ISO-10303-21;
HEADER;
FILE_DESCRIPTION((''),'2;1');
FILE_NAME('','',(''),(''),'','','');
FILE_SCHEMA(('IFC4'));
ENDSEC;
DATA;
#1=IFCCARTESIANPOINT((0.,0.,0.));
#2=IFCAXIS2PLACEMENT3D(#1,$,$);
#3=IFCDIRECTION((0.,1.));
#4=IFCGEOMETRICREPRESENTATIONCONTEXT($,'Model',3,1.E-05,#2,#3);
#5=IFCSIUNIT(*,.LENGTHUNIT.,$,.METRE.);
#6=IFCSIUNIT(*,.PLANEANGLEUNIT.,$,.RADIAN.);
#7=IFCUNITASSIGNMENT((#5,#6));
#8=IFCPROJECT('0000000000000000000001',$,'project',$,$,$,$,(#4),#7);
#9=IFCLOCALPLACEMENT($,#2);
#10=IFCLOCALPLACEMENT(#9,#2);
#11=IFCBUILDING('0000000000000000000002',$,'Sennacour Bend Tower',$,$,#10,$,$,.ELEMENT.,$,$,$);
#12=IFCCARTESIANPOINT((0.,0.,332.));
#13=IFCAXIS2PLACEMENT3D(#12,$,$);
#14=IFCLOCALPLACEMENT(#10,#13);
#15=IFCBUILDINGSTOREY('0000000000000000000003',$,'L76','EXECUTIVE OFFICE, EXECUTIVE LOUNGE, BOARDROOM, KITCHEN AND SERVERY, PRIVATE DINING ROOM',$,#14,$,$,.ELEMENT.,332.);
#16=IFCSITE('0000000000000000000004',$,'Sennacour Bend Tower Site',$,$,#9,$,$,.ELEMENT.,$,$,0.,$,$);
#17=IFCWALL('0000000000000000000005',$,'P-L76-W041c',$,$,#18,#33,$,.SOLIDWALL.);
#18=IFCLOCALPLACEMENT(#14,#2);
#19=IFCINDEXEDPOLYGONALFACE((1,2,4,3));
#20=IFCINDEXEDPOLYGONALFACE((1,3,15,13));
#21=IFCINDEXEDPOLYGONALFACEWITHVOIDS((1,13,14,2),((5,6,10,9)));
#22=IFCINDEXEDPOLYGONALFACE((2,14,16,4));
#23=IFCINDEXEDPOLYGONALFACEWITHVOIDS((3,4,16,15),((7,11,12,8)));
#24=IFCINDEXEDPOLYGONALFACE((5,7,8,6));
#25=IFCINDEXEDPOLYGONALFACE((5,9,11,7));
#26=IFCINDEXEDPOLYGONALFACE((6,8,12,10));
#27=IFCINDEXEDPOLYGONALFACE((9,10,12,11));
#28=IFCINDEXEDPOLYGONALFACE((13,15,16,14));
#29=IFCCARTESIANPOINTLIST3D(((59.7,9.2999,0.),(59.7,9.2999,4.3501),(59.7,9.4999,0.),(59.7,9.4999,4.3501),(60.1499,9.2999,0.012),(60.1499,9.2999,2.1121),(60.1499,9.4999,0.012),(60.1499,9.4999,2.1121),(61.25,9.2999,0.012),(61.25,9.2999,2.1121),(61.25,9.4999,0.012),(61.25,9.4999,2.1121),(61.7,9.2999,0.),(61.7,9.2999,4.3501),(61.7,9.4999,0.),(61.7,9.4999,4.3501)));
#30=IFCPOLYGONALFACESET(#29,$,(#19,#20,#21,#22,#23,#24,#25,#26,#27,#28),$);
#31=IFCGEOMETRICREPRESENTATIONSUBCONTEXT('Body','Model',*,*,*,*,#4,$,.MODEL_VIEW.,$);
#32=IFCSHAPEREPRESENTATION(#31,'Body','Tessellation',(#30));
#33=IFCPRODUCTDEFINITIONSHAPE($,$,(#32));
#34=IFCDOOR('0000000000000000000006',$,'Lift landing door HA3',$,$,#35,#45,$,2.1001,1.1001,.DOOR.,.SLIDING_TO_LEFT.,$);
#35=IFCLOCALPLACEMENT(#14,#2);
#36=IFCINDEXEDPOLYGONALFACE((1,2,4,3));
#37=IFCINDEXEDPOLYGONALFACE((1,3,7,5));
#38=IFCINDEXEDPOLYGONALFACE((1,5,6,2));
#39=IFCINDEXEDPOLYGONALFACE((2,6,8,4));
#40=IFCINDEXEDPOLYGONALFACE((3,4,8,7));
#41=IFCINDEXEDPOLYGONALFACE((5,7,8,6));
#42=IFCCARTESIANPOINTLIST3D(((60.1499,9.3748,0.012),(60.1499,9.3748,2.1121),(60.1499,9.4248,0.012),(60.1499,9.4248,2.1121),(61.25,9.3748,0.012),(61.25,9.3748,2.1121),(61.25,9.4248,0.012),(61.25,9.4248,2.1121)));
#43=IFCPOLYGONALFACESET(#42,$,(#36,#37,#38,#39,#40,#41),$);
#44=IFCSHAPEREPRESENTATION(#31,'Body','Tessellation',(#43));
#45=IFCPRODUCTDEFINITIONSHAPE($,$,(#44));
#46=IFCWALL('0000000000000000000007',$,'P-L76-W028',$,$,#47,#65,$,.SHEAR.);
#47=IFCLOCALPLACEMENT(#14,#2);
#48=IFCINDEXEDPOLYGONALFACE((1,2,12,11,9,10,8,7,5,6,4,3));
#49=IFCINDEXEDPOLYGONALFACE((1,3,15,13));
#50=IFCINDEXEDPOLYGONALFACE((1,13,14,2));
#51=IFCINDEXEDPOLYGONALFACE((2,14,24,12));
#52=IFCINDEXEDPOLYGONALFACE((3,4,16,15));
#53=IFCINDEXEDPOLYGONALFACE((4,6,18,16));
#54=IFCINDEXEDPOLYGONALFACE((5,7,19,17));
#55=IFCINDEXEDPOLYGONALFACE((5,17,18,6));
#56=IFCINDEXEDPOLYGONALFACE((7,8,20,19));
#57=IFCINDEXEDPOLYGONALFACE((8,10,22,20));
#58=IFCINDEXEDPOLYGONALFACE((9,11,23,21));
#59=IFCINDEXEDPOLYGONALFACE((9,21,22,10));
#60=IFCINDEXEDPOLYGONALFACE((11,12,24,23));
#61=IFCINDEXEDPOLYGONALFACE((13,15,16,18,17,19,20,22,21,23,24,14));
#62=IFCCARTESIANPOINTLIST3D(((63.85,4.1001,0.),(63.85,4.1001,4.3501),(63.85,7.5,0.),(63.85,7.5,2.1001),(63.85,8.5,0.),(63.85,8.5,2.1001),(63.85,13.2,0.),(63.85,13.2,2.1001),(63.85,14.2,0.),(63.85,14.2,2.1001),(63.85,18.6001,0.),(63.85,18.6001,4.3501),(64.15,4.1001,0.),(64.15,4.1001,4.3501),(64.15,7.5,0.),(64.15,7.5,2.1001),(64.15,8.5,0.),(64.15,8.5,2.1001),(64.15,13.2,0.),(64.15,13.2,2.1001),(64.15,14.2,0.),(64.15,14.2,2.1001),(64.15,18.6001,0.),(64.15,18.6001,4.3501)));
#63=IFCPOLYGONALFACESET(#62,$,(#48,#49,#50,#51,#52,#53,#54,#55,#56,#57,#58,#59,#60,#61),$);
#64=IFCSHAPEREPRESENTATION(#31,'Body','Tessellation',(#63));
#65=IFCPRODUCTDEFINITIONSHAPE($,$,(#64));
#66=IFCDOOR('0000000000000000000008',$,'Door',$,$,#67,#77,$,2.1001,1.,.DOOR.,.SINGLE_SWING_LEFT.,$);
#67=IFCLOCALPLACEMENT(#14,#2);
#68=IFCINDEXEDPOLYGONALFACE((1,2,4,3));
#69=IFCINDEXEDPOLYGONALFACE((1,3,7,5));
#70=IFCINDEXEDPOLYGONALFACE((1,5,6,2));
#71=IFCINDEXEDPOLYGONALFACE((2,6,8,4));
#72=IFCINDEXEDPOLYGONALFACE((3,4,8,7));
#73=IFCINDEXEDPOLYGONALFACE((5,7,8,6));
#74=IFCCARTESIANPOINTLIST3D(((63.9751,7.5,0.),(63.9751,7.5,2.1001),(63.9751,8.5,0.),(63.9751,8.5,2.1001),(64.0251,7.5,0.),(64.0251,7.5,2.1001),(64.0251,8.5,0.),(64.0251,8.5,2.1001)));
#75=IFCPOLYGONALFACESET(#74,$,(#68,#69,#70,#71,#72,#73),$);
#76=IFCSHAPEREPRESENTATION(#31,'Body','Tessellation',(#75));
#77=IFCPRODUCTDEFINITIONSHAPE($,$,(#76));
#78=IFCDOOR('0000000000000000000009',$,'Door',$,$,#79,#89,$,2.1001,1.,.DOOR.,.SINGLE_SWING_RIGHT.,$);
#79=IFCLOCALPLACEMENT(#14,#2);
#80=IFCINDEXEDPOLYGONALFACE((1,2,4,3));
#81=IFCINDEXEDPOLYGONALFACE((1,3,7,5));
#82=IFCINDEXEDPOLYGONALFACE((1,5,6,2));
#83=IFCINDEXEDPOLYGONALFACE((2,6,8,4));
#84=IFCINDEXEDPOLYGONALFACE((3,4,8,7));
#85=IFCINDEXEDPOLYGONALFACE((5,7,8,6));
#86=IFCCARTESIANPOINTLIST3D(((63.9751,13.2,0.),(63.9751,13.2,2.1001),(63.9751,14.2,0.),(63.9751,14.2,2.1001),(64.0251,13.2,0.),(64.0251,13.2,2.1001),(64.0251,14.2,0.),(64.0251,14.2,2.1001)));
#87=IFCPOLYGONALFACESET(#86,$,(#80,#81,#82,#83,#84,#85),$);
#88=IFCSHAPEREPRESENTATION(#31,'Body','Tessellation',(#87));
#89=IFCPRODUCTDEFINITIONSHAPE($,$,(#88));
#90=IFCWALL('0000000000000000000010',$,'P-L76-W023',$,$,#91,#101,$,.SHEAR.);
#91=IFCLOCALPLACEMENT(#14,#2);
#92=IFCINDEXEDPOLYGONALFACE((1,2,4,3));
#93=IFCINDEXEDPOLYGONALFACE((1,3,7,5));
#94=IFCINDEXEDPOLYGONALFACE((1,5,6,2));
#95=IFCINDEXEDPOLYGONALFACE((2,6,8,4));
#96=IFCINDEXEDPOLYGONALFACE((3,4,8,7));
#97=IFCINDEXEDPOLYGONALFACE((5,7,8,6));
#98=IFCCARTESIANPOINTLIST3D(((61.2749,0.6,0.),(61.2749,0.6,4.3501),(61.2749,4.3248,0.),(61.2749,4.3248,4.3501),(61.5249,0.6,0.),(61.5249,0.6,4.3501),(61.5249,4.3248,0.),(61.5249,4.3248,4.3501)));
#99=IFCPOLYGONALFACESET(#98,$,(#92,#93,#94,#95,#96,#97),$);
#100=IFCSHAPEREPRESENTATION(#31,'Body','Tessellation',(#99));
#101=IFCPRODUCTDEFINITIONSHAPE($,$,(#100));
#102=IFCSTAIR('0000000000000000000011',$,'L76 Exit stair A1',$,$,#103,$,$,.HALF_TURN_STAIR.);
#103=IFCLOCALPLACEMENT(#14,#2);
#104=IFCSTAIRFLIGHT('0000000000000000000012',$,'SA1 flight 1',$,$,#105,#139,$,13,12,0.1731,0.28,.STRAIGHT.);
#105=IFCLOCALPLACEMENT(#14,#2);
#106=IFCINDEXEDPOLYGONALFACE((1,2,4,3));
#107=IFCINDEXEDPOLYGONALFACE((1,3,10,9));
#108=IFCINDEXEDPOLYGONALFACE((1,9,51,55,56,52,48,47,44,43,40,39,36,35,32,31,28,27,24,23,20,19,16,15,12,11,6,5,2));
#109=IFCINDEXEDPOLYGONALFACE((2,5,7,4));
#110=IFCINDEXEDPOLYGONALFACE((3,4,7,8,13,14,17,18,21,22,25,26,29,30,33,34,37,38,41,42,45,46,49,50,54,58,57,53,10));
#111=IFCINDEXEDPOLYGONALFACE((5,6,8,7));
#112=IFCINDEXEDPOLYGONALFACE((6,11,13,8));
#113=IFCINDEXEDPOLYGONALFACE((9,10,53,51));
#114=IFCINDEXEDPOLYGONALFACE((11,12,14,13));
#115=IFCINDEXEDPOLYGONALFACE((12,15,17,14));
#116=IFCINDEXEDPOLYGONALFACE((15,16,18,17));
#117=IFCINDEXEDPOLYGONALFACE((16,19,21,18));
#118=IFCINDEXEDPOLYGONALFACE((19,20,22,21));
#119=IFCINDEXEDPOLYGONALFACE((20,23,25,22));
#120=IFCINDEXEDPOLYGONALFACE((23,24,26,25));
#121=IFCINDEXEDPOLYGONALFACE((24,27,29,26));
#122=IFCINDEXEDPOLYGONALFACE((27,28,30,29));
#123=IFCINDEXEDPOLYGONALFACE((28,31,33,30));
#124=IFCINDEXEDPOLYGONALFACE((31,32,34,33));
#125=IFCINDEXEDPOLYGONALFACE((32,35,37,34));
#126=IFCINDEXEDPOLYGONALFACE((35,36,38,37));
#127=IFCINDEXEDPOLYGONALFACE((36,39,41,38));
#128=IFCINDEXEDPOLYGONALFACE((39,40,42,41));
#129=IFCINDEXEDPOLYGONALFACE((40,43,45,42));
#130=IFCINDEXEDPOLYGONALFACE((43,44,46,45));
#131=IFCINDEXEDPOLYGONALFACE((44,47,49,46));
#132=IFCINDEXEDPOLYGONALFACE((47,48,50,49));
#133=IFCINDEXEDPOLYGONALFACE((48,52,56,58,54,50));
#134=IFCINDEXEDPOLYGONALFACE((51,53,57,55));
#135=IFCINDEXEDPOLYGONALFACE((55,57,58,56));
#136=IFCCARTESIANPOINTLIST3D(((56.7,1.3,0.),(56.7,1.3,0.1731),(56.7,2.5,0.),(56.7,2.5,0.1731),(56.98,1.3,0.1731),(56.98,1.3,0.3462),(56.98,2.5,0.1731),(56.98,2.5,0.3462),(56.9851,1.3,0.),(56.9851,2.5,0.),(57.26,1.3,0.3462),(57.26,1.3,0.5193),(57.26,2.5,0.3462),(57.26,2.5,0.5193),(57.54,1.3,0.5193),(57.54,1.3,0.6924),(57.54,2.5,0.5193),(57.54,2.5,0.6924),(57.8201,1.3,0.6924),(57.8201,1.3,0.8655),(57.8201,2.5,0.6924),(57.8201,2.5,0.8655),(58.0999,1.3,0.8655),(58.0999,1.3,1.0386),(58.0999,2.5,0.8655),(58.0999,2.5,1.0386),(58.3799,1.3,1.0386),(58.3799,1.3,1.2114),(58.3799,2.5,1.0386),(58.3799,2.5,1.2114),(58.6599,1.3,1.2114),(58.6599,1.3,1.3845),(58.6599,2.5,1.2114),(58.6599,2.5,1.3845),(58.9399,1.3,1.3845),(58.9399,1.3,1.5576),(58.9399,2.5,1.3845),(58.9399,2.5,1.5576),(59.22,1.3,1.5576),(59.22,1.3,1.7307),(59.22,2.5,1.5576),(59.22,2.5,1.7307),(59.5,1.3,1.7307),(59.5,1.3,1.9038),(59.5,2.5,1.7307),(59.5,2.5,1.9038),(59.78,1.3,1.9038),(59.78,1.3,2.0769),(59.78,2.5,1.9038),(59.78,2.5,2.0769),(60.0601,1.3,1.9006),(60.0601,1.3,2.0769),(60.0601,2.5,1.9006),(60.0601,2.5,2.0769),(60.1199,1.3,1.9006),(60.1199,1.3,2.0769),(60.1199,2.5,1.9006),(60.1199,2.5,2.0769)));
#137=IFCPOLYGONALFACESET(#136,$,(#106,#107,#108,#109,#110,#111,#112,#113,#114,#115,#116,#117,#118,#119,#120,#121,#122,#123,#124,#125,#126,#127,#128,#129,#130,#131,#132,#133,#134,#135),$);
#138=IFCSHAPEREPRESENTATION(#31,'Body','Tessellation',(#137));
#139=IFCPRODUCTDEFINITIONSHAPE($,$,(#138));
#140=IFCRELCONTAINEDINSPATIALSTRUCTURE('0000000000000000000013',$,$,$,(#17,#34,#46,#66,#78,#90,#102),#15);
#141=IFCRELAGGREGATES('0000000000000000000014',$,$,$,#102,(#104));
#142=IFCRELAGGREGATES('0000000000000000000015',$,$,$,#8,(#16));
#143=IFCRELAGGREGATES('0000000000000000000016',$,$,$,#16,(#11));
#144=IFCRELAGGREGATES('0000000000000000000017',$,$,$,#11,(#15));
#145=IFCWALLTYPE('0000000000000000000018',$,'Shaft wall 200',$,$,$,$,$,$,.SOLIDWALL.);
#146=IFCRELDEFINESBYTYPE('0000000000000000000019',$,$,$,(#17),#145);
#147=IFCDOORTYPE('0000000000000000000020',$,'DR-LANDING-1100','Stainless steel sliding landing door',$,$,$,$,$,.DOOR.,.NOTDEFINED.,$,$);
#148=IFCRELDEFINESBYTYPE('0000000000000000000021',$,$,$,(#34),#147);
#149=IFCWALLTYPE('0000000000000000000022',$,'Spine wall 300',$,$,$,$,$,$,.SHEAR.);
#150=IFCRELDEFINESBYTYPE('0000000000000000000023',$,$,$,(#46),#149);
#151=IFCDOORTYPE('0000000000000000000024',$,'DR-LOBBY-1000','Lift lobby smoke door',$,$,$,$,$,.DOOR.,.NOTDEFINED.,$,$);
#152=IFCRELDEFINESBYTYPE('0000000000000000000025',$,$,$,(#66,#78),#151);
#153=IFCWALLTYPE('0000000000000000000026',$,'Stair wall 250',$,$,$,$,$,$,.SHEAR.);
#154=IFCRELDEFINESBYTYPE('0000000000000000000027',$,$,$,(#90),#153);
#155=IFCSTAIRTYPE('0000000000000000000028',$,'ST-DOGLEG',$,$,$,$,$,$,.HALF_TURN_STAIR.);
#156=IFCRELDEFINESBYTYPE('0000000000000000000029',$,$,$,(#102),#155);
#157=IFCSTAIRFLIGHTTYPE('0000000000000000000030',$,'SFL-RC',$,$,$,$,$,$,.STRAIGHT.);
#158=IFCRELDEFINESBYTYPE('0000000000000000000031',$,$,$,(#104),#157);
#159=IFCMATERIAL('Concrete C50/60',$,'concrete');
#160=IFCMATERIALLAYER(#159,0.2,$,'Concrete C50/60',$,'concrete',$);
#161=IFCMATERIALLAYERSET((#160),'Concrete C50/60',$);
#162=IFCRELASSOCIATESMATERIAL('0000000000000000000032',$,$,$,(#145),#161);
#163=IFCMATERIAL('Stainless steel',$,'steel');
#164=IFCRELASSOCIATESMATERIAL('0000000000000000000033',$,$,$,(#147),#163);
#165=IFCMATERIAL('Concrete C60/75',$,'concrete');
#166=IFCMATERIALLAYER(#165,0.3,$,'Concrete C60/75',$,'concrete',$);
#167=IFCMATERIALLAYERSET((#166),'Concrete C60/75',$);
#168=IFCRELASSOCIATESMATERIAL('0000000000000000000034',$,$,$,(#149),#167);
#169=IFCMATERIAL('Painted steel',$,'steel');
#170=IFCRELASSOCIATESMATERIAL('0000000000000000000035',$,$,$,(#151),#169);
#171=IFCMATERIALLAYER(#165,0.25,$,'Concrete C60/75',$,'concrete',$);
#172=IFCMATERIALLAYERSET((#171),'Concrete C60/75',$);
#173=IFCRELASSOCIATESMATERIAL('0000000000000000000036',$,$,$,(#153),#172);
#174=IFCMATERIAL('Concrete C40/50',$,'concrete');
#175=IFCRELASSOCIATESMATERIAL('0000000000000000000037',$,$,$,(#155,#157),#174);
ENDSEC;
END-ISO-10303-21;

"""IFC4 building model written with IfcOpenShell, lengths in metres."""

from ifc_helpers import new_model, si_unit, direction, frame, frame_2d, origin, place, context, subcontext, project, spatial, polyline, rectangle, outline, extrude, material, layer, layer_set, type_object, element, fill, aggregate, save


model = new_model("IFC4")

# Units and contexts
model_context = context("Model", 3, precision=1e-05, world=origin(), true_north=direction((0.0, 1.0)))
body_context = subcontext(model_context, "Body", "Model", "MODEL_VIEW")
ifc_project = project(units=[si_unit("LENGTHUNIT", "METRE"), si_unit("PLANEANGLEUNIT", "RADIAN")], contexts=[model_context])

# Site, building, storey
site_placement = place(None, origin())
site = spatial("IfcSite", under=ifc_project, at=site_placement, Name="Sennacour Bend Tower Site", CompositionType="ELEMENT", RefElevation=0.0)
building_placement = place(site_placement, origin())
building = spatial("IfcBuilding", under=site, at=building_placement, Name="Sennacour Bend Tower", CompositionType="ELEMENT")
storey_placement = place(building_placement, frame((0.0, 0.0, 332.0)))
storey = spatial("IfcBuildingStorey", under=building, at=storey_placement, Name="L76", Description="EXECUTIVE OFFICE, EXECUTIVE LOUNGE, BOARDROOM, KITCHEN AND SERVERY, PRIVATE DINING ROOM", CompositionType="ELEMENT", Elevation=332.0)

# Shared definitions
ifc_material_1 = material(Name="Concrete C50/60", Category="concrete")

# Shared definitions
ifc_material_2 = material(Name="Painted steel", Category="steel")

# Shared definitions
ifc_layer_1 = layer(ifc_material_1, 0.2, Name="Concrete C50/60", Category="concrete")
ifc_layer_set_1 = layer_set([ifc_layer_1], Name="Concrete C50/60")
wall_type_1 = type_object("IfcWallType", Name="Shaft wall 200", PredefinedType="SOLIDWALL", material=ifc_layer_set_1)

# Wall, opening, door
ifc_material_3 = material(Name="Stainless steel", Category="steel")
door_type_1 = type_object("IfcDoorType", Name="DR-LANDING-1100", Description="Stainless steel sliding landing door", OperationType="NOTDEFINED", PredefinedType="DOOR", material=ifc_material_3)
wall_1_placement = place(storey_placement, frame((59.7, 9.3999, 0.0), z_axis=(0.0, 0.0, 1.0), x_axis=(1.0, 0.0, 0.0)))
wall_1 = element("IfcWall", 1, at=wall_1_placement, inside=storey, type_object=wall_type_1, Name="P-L76-W041c", PredefinedType="SOLIDWALL", context=body_context, shape_type="SweptSolid", body=[
    extrude(rectangle(XDim=2.0, YDim=0.2, at=frame_2d((1.0, 0.0))), origin(), (0.0, 0.0, 1.0), 4.3501),
])
opening_1_placement = place(wall_1_placement, frame((0.45, 0.0, 0.012)))
opening_1 = element("IfcOpeningElement", 2, at=opening_1_placement, cuts=wall_1, PredefinedType="OPENING", context=body_context, shape_type="SweptSolid", body=[
    extrude(rectangle(XDim=1.1001, YDim=2.1001, at=frame_2d((0.55, 1.05))), frame((0.0, 0.1099, 0.0), z_axis=(0.0, -1.0, 0.0), x_axis=(1.0, 0.0, 0.0)), (0.0, 0.0, 1.0), 0.22),
])
door_1_placement = place(opening_1_placement, origin())
door_1 = element("IfcDoor", 3, at=door_1_placement, inside=storey, type_object=door_type_1, Name="Lift landing door HA3", OperationType="SLIDING_TO_LEFT", OverallHeight=2.1001, OverallWidth=1.1001, PredefinedType="DOOR", context=body_context, shape_type="SweptSolid", body=[
    extrude(rectangle(XDim=1.1001, YDim=2.1001, at=frame_2d((0.55, 1.05))), frame((0.0, 0.0249, 0.0), z_axis=(0.0, -1.0, 0.0), x_axis=(1.0, 0.0, 0.0)), (0.0, 0.0, 1.0), 0.05),
])
fill(opening_1, door_1)

# Wall, openings, doors
ifc_material_4 = material(Name="Concrete C60/75", Category="concrete")
ifc_layer_2 = layer(ifc_material_4, 0.3, Name="Concrete C60/75", Category="concrete")
ifc_layer_set_2 = layer_set([ifc_layer_2], Name="Concrete C60/75")
wall_type_2 = type_object("IfcWallType", Name="Spine wall 300", PredefinedType="SHEAR", material=ifc_layer_set_2)
wall_2_placement = place(storey_placement, frame((64.0, 4.1001, 0.0), z_axis=(0.0, 0.0, 1.0), x_axis=(0.0, 1.0, 0.0)))
wall_2 = element("IfcWall", 4, at=wall_2_placement, inside=storey, type_object=wall_type_2, Name="P-L76-W028", PredefinedType="SHEAR", context=body_context, shape_type="SweptSolid", body=[
    extrude(rectangle(XDim=14.5, YDim=0.3, at=frame_2d((7.25, 0.0))), origin(), (0.0, 0.0, 1.0), 4.3501),
])
opening_2_placement = place(wall_2_placement, frame((3.3999, 0.0, 0.0)))
opening_2 = element("IfcOpeningElement", 5, at=opening_2_placement, cuts=wall_2, PredefinedType="OPENING", context=body_context, shape_type="SweptSolid", body=[
    extrude(rectangle(XDim=1.0, YDim=2.1001, at=frame_2d((0.5, 1.05))), frame((0.0, 0.1602, 0.0), z_axis=(0.0, -1.0, 0.0), x_axis=(1.0, 0.0, 0.0)), (0.0, 0.0, 1.0), 0.3201),
])
opening_3_placement = place(wall_2_placement, frame((9.0999, 0.0, 0.0)))
opening_3 = element("IfcOpeningElement", 6, at=opening_3_placement, cuts=wall_2, PredefinedType="OPENING", context=body_context, shape_type="SweptSolid", body=[
    extrude(rectangle(XDim=1.0, YDim=2.1001, at=frame_2d((0.5, 1.05))), frame((0.0, 0.1602, 0.0), z_axis=(0.0, -1.0, 0.0), x_axis=(1.0, 0.0, 0.0)), (0.0, 0.0, 1.0), 0.3201),
])
door_type_2 = type_object("IfcDoorType", Name="DR-LOBBY-1000", Description="Lift lobby smoke door", OperationType="NOTDEFINED", PredefinedType="DOOR", material=ifc_material_2)
door_2_placement = place(opening_2_placement, origin())
door_2 = element("IfcDoor", 7, at=door_2_placement, inside=storey, type_object=door_type_2, Name="Door", OperationType="SINGLE_SWING_LEFT", OverallHeight=2.1001, OverallWidth=1.0, PredefinedType="DOOR", context=body_context, shape_type="SweptSolid", body=[
    extrude(rectangle(XDim=1.0, YDim=2.1001, at=frame_2d((0.5, 1.05))), frame((0.0, 0.0249, 0.0), z_axis=(0.0, -1.0, 0.0), x_axis=(1.0, 0.0, 0.0)), (0.0, 0.0, 1.0), 0.05),
])
fill(opening_2, door_2)
door_3_placement = place(opening_3_placement, origin())
door_3 = element("IfcDoor", 8, at=door_3_placement, inside=storey, type_object=door_type_2, Name="Door", OperationType="SINGLE_SWING_RIGHT", OverallHeight=2.1001, OverallWidth=1.0, PredefinedType="DOOR", context=body_context, shape_type="SweptSolid", body=[
    extrude(rectangle(XDim=1.0, YDim=2.1001, at=frame_2d((0.5, 1.05))), frame((0.0, 0.0249, 0.0), z_axis=(0.0, -1.0, 0.0), x_axis=(1.0, 0.0, 0.0)), (0.0, 0.0, 1.0), 0.05),
])
fill(opening_3, door_3)

# Wall
ifc_layer_3 = layer(ifc_material_4, 0.25, Name="Concrete C60/75", Category="concrete")
ifc_layer_set_3 = layer_set([ifc_layer_3], Name="Concrete C60/75")
wall_type_3 = type_object("IfcWallType", Name="Stair wall 250", PredefinedType="SHEAR", material=ifc_layer_set_3)
wall_3_placement = place(storey_placement, frame((61.3999, 0.6001, 0.0), z_axis=(0.0, 0.0, 1.0), x_axis=(0.0, 1.0, 0.0)))
element("IfcWall", 9, at=wall_3_placement, inside=storey, type_object=wall_type_3, Name="P-L76-W023", PredefinedType="SHEAR", context=body_context, shape_type="SweptSolid", body=[
    extrude(rectangle(XDim=3.7249, YDim=0.25, at=frame_2d((1.8623, 0.0))), origin(), (0.0, 0.0, 1.0), 4.3501),
])

# Stair, stair flight
ifc_material_5 = material(Name="Concrete C40/50", Category="concrete")
stair_type = type_object("IfcStairType", Name="ST-DOGLEG", PredefinedType="HALF_TURN_STAIR", material=ifc_material_5)
stair_placement = place(storey_placement, origin())
stair = element("IfcStair", 10, at=stair_placement, inside=storey, type_object=stair_type, Name="L76 Exit stair A1", PredefinedType="HALF_TURN_STAIR")
stair_flight_type = type_object("IfcStairFlightType", Name="SFL-RC", PredefinedType="STRAIGHT", material=ifc_material_5)
stair_flight_1_placement = place(storey_placement, frame((56.7, 1.8999, 0.0), z_axis=(0.0, 0.0, 1.0), x_axis=(1.0, 0.0, 0.0)))
stair_flight_1 = element("IfcStairFlight", 11, at=stair_flight_1_placement, type_object=stair_flight_type, Name="SA1 flight 1", NumberOfRisers=13, NumberOfTreads=12, PredefinedType="STRAIGHT", RiserHeight=0.1731, TreadLength=0.28, context=body_context, shape_type="SweptSolid", body=[
    extrude(outline(polyline([(0.0, 0.0), (0.0, 0.1731), (0.28, 0.1731), (0.28, 0.3462), (0.5601, 0.3462), (0.5601, 0.5193), (0.8401, 0.5193), (0.8401, 0.6924), (1.1201, 0.6924), (1.1201, 0.8655), (1.3999, 0.8655), (1.3999, 1.0386), (1.6799, 1.0386), (1.6799, 1.2114), (1.96, 1.2114), (1.96, 1.3845), (2.24, 1.3845), (2.24, 1.5576), (2.52, 1.5576), (2.52, 1.7307), (2.8, 1.7307), (2.8, 1.9038), (3.0801, 1.9038), (3.0801, 2.0769), (3.3601, 2.0769), (3.4199, 2.0769), (3.4199, 1.9006), (3.3601, 1.9006), (0.2852, 0.0), (0.0, 0.0)])), frame((0.0, 0.6001, 0.0), z_axis=(0.0, -1.0, 0.0), x_axis=(1.0, 0.0, 0.0)), (0.0, 0.0, 1.0), 1.2),
])
aggregate(stair, [stair_flight_1])

save(model, "model.ifc")
